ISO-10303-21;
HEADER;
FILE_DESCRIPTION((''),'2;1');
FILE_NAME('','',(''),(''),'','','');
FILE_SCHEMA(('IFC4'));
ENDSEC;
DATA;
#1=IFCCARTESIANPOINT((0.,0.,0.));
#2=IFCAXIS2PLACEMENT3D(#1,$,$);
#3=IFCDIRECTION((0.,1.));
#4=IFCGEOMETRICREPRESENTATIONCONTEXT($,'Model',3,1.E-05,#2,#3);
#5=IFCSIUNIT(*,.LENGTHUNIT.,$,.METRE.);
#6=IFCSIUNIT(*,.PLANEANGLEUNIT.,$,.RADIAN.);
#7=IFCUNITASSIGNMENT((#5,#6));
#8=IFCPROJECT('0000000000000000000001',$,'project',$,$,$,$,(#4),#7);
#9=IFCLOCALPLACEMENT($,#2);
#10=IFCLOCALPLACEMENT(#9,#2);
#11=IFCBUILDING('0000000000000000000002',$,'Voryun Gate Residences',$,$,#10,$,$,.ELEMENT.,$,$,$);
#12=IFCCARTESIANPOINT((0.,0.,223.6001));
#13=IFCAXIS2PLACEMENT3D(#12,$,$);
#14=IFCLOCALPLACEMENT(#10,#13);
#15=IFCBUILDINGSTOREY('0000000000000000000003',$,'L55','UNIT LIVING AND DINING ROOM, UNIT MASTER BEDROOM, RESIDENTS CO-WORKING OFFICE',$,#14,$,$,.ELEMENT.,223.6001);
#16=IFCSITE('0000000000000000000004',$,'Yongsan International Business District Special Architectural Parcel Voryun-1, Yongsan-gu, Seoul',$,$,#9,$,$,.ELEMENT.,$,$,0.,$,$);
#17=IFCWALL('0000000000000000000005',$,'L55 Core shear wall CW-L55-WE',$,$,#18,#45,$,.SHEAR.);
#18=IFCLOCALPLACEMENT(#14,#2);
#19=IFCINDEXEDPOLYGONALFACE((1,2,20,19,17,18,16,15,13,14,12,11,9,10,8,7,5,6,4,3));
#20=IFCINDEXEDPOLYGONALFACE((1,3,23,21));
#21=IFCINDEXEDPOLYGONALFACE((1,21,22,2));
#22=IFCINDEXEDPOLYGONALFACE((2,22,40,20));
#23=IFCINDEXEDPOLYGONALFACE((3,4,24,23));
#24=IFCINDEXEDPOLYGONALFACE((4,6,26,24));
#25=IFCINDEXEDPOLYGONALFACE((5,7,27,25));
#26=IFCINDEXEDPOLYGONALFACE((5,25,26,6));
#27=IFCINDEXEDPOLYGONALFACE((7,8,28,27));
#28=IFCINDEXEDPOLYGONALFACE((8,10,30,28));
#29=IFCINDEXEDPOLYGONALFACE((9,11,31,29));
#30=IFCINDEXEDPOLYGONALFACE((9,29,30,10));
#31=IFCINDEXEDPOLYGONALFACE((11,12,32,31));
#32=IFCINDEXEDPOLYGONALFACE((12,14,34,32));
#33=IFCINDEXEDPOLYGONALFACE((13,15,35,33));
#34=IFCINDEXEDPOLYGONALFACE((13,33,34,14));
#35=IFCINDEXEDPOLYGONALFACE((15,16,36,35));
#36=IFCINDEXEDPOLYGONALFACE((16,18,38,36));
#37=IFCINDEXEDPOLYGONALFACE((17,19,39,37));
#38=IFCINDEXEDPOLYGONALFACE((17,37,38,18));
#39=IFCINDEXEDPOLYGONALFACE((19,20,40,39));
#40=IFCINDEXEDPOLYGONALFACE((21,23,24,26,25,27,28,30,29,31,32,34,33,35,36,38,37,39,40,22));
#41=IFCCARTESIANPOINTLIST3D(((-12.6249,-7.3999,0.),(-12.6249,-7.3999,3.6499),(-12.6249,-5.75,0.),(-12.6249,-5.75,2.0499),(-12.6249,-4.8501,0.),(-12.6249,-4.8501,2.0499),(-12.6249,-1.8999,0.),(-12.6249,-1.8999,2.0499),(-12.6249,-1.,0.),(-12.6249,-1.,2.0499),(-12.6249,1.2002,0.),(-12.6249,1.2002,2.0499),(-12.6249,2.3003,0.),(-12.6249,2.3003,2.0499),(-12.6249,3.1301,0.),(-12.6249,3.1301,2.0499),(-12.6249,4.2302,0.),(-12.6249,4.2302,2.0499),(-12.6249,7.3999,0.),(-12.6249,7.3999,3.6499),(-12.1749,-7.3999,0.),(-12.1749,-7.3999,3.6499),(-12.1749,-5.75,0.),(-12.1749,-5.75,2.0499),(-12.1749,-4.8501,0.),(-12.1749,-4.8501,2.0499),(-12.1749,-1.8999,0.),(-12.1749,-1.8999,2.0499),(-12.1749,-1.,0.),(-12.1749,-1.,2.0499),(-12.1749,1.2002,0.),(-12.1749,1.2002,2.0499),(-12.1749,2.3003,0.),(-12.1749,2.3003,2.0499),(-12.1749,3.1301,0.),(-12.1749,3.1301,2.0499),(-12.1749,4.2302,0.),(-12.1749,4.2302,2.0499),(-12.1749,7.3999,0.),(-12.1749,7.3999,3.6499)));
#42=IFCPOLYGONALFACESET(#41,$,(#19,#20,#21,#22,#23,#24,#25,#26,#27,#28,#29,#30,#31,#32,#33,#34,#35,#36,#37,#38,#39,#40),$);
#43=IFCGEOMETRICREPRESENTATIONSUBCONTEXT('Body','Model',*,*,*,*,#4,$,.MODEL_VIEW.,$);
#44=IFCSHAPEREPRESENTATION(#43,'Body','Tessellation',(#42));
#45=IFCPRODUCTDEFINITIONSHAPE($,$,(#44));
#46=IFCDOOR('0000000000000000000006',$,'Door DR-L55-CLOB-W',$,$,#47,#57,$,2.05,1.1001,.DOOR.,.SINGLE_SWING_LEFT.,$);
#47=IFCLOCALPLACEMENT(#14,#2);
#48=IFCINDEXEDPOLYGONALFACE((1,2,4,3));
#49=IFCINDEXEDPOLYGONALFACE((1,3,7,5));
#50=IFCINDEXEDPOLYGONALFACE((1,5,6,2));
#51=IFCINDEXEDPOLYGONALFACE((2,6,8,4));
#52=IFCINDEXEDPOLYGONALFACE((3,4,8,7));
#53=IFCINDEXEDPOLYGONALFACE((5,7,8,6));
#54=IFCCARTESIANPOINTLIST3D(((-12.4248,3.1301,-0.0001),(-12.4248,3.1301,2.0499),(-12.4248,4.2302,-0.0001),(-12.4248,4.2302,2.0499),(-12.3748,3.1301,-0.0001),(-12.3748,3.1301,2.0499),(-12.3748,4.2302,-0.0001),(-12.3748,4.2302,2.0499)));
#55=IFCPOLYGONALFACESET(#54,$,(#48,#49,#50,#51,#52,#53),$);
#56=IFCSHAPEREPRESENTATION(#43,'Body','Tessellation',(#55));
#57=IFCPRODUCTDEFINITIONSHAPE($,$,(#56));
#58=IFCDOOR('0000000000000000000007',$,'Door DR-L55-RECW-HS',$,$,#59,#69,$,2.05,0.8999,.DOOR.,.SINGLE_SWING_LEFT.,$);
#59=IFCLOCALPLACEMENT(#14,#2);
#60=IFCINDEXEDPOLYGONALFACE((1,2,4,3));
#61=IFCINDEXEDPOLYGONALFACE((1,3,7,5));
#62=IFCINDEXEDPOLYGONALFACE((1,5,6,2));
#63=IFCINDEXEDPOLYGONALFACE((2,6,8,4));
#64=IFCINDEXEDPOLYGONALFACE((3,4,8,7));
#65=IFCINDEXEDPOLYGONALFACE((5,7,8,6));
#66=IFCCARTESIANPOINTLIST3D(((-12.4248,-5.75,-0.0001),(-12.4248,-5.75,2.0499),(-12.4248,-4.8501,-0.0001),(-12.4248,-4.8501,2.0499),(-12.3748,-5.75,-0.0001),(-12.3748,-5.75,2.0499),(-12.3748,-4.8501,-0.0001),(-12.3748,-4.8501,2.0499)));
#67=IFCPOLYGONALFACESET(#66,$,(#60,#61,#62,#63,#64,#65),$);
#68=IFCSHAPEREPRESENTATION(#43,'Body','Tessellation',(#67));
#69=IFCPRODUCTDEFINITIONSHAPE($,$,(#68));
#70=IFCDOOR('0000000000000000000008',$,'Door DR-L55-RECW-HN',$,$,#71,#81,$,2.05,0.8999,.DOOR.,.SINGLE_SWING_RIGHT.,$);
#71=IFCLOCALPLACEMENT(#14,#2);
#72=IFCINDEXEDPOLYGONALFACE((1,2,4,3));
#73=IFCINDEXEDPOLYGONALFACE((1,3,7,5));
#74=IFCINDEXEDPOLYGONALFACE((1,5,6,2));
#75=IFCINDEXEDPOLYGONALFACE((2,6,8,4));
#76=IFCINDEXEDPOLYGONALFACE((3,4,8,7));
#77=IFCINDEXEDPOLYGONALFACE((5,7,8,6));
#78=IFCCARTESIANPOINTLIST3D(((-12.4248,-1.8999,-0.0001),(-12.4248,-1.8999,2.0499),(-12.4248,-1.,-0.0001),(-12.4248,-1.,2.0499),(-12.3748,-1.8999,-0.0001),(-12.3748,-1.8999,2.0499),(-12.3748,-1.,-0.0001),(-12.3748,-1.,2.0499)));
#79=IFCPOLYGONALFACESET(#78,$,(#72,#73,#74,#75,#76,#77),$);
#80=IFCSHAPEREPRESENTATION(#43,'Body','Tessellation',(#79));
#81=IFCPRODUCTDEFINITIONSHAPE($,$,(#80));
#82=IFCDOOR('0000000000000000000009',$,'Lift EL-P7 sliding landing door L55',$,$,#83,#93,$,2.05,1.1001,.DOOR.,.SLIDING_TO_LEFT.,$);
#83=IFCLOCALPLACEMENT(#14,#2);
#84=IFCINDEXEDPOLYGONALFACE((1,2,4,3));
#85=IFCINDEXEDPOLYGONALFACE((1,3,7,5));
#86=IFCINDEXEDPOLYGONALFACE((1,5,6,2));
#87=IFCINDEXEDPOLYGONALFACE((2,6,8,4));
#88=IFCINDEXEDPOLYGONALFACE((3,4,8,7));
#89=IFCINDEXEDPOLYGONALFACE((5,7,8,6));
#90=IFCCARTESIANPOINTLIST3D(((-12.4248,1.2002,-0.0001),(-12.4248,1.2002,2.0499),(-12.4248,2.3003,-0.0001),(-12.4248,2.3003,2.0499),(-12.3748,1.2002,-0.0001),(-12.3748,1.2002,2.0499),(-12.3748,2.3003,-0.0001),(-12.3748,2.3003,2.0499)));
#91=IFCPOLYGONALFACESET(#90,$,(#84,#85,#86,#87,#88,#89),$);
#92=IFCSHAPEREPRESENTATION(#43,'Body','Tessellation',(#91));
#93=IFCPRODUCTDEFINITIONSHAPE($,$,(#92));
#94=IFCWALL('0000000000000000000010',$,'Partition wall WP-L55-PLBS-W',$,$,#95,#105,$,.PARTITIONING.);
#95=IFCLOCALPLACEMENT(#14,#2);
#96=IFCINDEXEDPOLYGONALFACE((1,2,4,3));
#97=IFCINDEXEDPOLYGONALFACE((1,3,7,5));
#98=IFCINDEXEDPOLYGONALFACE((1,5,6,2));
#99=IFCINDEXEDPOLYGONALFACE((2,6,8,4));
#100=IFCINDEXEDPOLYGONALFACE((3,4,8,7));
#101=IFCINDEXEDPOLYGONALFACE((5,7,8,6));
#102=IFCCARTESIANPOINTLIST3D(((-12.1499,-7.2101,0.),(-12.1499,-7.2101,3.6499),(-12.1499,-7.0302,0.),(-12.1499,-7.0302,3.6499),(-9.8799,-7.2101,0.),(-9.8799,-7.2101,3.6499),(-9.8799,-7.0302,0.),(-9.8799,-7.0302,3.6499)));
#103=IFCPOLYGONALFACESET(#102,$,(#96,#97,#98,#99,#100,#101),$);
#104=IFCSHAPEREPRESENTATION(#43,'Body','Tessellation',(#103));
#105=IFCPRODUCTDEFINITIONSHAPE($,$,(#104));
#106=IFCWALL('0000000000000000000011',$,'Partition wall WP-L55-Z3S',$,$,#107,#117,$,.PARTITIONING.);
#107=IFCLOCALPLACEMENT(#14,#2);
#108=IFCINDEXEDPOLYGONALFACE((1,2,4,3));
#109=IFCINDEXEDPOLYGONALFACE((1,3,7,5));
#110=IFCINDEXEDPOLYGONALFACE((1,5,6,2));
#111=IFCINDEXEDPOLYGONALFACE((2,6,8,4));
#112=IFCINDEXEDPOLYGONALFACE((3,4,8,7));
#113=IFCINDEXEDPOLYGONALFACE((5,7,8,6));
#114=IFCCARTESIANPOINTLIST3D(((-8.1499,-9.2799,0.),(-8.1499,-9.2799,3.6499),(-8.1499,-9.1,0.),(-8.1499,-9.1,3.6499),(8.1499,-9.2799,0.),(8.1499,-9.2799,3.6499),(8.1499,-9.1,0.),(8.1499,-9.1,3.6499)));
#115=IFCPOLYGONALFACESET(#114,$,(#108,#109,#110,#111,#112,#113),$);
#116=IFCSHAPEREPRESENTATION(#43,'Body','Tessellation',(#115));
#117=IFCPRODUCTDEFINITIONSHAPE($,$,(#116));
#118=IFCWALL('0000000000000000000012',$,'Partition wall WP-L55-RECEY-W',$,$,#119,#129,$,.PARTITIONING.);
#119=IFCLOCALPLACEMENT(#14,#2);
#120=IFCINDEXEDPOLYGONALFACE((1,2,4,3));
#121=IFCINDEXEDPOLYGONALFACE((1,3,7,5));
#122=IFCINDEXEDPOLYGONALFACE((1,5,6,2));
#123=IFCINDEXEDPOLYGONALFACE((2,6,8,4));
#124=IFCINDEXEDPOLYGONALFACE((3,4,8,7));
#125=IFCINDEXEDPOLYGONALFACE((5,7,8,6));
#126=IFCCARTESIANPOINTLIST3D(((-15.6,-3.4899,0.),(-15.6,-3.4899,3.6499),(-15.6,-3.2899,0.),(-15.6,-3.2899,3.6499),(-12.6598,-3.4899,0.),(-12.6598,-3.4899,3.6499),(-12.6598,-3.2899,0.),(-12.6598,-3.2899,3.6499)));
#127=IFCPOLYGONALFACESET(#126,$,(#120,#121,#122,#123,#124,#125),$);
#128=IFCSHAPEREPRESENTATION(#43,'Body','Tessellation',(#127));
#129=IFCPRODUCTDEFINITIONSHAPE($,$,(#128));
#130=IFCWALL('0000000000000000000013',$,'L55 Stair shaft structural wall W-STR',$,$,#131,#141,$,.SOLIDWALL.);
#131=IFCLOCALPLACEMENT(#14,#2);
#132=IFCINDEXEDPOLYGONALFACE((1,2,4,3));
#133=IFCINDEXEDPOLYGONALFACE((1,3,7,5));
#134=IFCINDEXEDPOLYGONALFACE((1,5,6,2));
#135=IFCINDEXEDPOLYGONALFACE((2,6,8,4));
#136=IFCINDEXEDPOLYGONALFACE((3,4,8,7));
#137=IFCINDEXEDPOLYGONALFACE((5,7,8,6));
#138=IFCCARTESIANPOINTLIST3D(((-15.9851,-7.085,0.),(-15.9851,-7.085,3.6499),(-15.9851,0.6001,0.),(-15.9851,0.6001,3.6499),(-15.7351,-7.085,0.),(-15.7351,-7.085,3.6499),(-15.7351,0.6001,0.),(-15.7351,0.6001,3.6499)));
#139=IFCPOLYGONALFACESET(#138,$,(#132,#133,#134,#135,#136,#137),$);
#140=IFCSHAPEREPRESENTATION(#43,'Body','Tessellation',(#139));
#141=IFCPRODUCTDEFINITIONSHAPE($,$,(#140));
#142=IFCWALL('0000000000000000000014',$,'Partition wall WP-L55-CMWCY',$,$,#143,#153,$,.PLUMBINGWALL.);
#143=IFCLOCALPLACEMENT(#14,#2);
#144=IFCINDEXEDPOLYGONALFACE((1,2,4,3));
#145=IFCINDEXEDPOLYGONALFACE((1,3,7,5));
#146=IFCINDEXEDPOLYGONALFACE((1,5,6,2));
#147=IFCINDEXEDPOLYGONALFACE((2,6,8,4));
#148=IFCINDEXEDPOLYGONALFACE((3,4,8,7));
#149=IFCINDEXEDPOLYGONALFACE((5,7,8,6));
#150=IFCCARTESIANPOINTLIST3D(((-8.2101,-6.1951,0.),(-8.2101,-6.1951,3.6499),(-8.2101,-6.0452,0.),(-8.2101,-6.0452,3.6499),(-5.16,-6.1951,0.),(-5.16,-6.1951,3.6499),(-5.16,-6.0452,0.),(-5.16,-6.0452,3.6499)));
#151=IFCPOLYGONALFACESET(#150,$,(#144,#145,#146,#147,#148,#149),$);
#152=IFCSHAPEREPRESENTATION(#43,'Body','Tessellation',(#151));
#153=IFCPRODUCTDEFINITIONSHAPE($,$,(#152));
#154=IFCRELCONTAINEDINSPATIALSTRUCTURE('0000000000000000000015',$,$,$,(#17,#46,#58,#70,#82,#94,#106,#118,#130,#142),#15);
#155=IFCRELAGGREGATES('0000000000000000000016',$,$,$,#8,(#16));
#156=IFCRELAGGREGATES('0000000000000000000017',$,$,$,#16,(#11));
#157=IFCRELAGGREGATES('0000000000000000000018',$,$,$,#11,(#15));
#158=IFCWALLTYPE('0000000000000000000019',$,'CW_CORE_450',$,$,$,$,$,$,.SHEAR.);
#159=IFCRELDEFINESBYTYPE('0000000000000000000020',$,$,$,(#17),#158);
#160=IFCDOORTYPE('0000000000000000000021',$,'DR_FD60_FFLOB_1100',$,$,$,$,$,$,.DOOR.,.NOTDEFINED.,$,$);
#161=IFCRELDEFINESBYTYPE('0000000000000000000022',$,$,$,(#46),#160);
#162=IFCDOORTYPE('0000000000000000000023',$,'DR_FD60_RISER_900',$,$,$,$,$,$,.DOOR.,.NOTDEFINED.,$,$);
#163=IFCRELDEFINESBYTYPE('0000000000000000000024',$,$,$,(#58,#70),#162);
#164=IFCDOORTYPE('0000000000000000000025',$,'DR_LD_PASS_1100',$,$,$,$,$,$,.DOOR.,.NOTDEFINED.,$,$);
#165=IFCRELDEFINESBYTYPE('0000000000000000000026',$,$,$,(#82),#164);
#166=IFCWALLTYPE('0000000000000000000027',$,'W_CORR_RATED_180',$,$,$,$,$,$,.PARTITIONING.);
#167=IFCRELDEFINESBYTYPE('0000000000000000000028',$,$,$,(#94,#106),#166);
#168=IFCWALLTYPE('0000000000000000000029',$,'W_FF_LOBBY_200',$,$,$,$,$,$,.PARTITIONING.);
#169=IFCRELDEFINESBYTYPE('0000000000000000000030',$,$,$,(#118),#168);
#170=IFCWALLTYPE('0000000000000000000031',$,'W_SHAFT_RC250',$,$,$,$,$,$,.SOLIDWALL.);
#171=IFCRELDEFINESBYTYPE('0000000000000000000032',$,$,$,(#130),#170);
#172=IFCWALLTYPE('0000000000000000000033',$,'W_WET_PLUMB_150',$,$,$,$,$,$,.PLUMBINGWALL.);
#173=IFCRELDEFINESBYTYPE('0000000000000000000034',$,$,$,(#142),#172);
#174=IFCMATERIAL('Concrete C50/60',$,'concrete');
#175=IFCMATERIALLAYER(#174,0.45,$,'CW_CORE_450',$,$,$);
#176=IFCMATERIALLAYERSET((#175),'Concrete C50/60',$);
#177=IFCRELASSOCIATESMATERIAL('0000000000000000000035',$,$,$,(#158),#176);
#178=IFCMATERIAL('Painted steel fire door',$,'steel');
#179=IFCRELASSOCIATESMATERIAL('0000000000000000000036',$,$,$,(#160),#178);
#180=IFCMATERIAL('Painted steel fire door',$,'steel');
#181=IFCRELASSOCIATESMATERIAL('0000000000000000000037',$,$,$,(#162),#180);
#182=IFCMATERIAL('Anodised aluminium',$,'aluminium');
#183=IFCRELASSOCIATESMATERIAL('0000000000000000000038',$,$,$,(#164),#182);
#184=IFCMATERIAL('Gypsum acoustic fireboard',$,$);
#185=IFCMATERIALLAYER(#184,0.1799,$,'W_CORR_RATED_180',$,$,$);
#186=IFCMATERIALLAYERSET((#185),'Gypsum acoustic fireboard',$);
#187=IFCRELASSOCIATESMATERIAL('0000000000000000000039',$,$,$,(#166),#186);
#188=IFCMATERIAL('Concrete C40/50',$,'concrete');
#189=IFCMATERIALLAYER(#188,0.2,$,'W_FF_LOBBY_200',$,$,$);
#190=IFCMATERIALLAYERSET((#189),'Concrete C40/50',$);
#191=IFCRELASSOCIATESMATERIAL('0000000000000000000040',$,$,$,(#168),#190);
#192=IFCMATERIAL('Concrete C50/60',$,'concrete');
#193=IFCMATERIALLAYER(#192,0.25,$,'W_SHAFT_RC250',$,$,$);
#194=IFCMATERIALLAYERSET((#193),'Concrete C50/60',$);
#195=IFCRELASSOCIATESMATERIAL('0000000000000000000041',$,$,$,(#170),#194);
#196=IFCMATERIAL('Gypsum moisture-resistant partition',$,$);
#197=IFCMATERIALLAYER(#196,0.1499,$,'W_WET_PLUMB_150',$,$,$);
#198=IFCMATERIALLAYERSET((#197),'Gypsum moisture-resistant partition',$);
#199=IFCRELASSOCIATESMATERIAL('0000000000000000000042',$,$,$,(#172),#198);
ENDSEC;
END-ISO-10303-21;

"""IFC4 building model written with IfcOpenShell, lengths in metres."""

from ifc_helpers import new_model, si_unit, direction, frame, frame_2d, origin, place, context, subcontext, project, spatial, rectangle, extrude, material, layer, layer_set, type_object, element, fill, save


model = new_model("IFC4")

# Units and contexts
model_context = context("Model", 3, precision=1e-05, world=origin(), true_north=direction((0.0, 1.0)))
body_context = subcontext(model_context, "Body", "Model", "MODEL_VIEW")
ifc_project = project(units=[si_unit("LENGTHUNIT", "METRE"), si_unit("PLANEANGLEUNIT", "RADIAN")], contexts=[model_context])

# Site, building, storey
site_placement = place(None, origin())
site = spatial("IfcSite", under=ifc_project, at=site_placement, Name="Yongsan International Business District Special Architectural Parcel Voryun-1, Yongsan-gu, Seoul", CompositionType="ELEMENT", RefElevation=0.0)
building_placement = place(site_placement, origin())
building = spatial("IfcBuilding", under=site, at=building_placement, Name="Voryun Gate Residences", CompositionType="ELEMENT")
storey_placement = place(building_placement, frame((0.0, 0.0, 223.6001)))
storey = spatial("IfcBuildingStorey", under=building, at=storey_placement, Name="L55", Description="UNIT LIVING AND DINING ROOM, UNIT MASTER BEDROOM, RESIDENTS CO-WORKING OFFICE", CompositionType="ELEMENT", Elevation=223.6001)

# Wall, openings, doors
ifc_material_1 = material(Name="Concrete C50/60", Category="concrete")
ifc_layer_1 = layer(ifc_material_1, 0.45, Name="CW_CORE_450")
ifc_layer_set_1 = layer_set([ifc_layer_1], Name="Concrete C50/60")
wall_type_1 = type_object("IfcWallType", Name="CW_CORE_450", PredefinedType="SHEAR", material=ifc_layer_set_1)
wall_1_placement = place(storey_placement, frame((-12.3999, -7.3999, 0.0), z_axis=(0.0, 0.0, 1.0), x_axis=(0.0, 1.0, 0.0)))
wall_1 = element("IfcWall", 1, at=wall_1_placement, inside=storey, type_object=wall_type_1, Name="L55 Core shear wall CW-L55-WE", PredefinedType="SHEAR", context=body_context, shape_type="SweptSolid", body=[
    extrude(rectangle(XDim=14.7998, YDim=0.45, at=frame_2d((7.3999, 0.0))), origin(), (0.0, 0.0, 1.0), 3.6499),
])
opening_1_placement = place(wall_1_placement, frame((8.6001, 0.0, 0.0)))
opening_1 = element("IfcOpeningElement", 2, at=opening_1_placement, cuts=wall_1, PredefinedType="OPENING", context=body_context, shape_type="SweptSolid", body=[
    extrude(rectangle(XDim=1.1001, YDim=2.05, at=frame_2d((0.55, 1.0249))), frame((0.0, 0.2351, 0.0), z_axis=(0.0, -1.0, 0.0), x_axis=(1.0, 0.0, 0.0)), (0.0, 0.0, 1.0), 0.47),
])
opening_2_placement = place(wall_1_placement, frame((10.53, 0.0, 0.0)))
opening_2 = element("IfcOpeningElement", 3, at=opening_2_placement, cuts=wall_1, PredefinedType="OPENING", context=body_context, shape_type="SweptSolid", body=[
    extrude(rectangle(XDim=1.1001, YDim=2.05, at=frame_2d((0.55, 1.0249))), frame((0.0, 0.2351, 0.0), z_axis=(0.0, -1.0, 0.0), x_axis=(1.0, 0.0, 0.0)), (0.0, 0.0, 1.0), 0.47),
])
opening_3_placement = place(wall_1_placement, frame((1.6499, 0.0, 0.0)))
opening_3 = element("IfcOpeningElement", 4, at=opening_3_placement, cuts=wall_1, PredefinedType="OPENING", context=body_context, shape_type="SweptSolid", body=[
    extrude(rectangle(XDim=0.8999, YDim=2.05, at=frame_2d((0.45, 1.0249))), frame((0.0, 0.2351, 0.0), z_axis=(0.0, -1.0, 0.0), x_axis=(1.0, 0.0, 0.0)), (0.0, 0.0, 1.0), 0.47),
])
opening_4_placement = place(wall_1_placement, frame((5.5, 0.0, 0.0)))
opening_4 = element("IfcOpeningElement", 5, at=opening_4_placement, cuts=wall_1, PredefinedType="OPENING", context=body_context, shape_type="SweptSolid", body=[
    extrude(rectangle(XDim=0.8999, YDim=2.05, at=frame_2d((0.45, 1.0249))), frame((0.0, 0.2351, 0.0), z_axis=(0.0, -1.0, 0.0), x_axis=(1.0, 0.0, 0.0)), (0.0, 0.0, 1.0), 0.47),
])
ifc_material_2 = material(Name="Painted steel fire door", Category="steel")
door_type_1 = type_object("IfcDoorType", Name="DR_FD60_FFLOB_1100", OperationType="NOTDEFINED", PredefinedType="DOOR", material=ifc_material_2)
door_1_placement = place(opening_2_placement, origin())
door_1 = element("IfcDoor", 6, at=door_1_placement, inside=storey, type_object=door_type_1, Name="Door DR-L55-CLOB-W", OperationType="SINGLE_SWING_LEFT", OverallHeight=2.05, OverallWidth=1.1001, PredefinedType="DOOR", context=body_context, shape_type="SweptSolid", body=[
    extrude(rectangle(XDim=1.1001, YDim=2.05, at=frame_2d((0.55, 1.0249))), frame((0.0, 0.0249, 0.0), z_axis=(0.0, -1.0, 0.0), x_axis=(1.0, 0.0, 0.0)), (0.0, 0.0, 1.0), 0.05),
])
fill(opening_2, door_1)
ifc_material_3 = material(Name="Painted steel fire door", Category="steel")
door_type_2 = type_object("IfcDoorType", Name="DR_FD60_RISER_900", OperationType="NOTDEFINED", PredefinedType="DOOR", material=ifc_material_3)
door_2_placement = place(opening_3_placement, origin())
door_2 = element("IfcDoor", 7, at=door_2_placement, inside=storey, type_object=door_type_2, Name="Door DR-L55-RECW-HS", OperationType="SINGLE_SWING_LEFT", OverallHeight=2.05, OverallWidth=0.8999, PredefinedType="DOOR", context=body_context, shape_type="SweptSolid", body=[
    extrude(rectangle(XDim=0.8999, YDim=2.05, at=frame_2d((0.45, 1.0249))), frame((0.0, 0.0249, 0.0), z_axis=(0.0, -1.0, 0.0), x_axis=(1.0, 0.0, 0.0)), (0.0, 0.0, 1.0), 0.05),
])
fill(opening_3, door_2)
door_3_placement = place(opening_4_placement, origin())
door_3 = element("IfcDoor", 8, at=door_3_placement, inside=storey, type_object=door_type_2, Name="Door DR-L55-RECW-HN", OperationType="SINGLE_SWING_RIGHT", OverallHeight=2.05, OverallWidth=0.8999, PredefinedType="DOOR", context=body_context, shape_type="SweptSolid", body=[
    extrude(rectangle(XDim=0.8999, YDim=2.05, at=frame_2d((0.45, 1.0249))), frame((0.0, 0.0249, 0.0), z_axis=(0.0, -1.0, 0.0), x_axis=(1.0, 0.0, 0.0)), (0.0, 0.0, 1.0), 0.05),
])
fill(opening_4, door_3)
ifc_material_4 = material(Name="Anodised aluminium", Category="aluminium")
door_type_3 = type_object("IfcDoorType", Name="DR_LD_PASS_1100", OperationType="NOTDEFINED", PredefinedType="DOOR", material=ifc_material_4)
door_4_placement = place(opening_1_placement, origin())
door_4 = element("IfcDoor", 9, at=door_4_placement, inside=storey, type_object=door_type_3, Name="Lift EL-P7 sliding landing door L55", OperationType="SLIDING_TO_LEFT", OverallHeight=2.05, OverallWidth=1.1001, PredefinedType="DOOR", context=body_context, shape_type="SweptSolid", body=[
    extrude(rectangle(XDim=1.1001, YDim=2.05, at=frame_2d((0.55, 1.0249))), frame((0.0, 0.0249, 0.0), z_axis=(0.0, -1.0, 0.0), x_axis=(1.0, 0.0, 0.0)), (0.0, 0.0, 1.0), 0.05),
])
fill(opening_1, door_4)

# Walls
ifc_material_5 = material(Name="Gypsum acoustic fireboard")
ifc_layer_2 = layer(ifc_material_5, 0.1799, Name="W_CORR_RATED_180")
ifc_layer_set_2 = layer_set([ifc_layer_2], Name="Gypsum acoustic fireboard")
wall_type_2 = type_object("IfcWallType", Name="W_CORR_RATED_180", PredefinedType="PARTITIONING", material=ifc_layer_set_2)
wall_2_placement = place(storey_placement, frame((-12.1499, -7.1201, 0.0), z_axis=(0.0, 0.0, 1.0), x_axis=(1.0, 0.0, 0.0)))
element("IfcWall", 10, at=wall_2_placement, inside=storey, type_object=wall_type_2, Name="Partition wall WP-L55-PLBS-W", PredefinedType="PARTITIONING", context=body_context, shape_type="SweptSolid", body=[
    extrude(rectangle(XDim=2.27, YDim=0.1799, at=frame_2d((1.135, 0.0))), origin(), (0.0, 0.0, 1.0), 3.6499),
])
wall_3_placement = place(storey_placement, frame((-8.1499, -9.1899, 0.0), z_axis=(0.0, 0.0, 1.0), x_axis=(1.0, 0.0, 0.0)))
element("IfcWall", 11, at=wall_3_placement, inside=storey, type_object=wall_type_2, Name="Partition wall WP-L55-Z3S", PredefinedType="PARTITIONING", context=body_context, shape_type="SweptSolid", body=[
    extrude(rectangle(XDim=16.2998, YDim=0.1799, at=frame_2d((8.1499, 0.0))), origin(), (0.0, 0.0, 1.0), 3.6499),
])
ifc_material_6 = material(Name="Concrete C40/50", Category="concrete")
ifc_layer_3 = layer(ifc_material_6, 0.2, Name="W_FF_LOBBY_200")
ifc_layer_set_3 = layer_set([ifc_layer_3], Name="Concrete C40/50")
wall_type_3 = type_object("IfcWallType", Name="W_FF_LOBBY_200", PredefinedType="PARTITIONING", material=ifc_layer_set_3)
wall_4_placement = place(storey_placement, frame((-15.6001, -3.3899, 0.0), z_axis=(0.0, 0.0, 1.0), x_axis=(1.0, 0.0, 0.0)))
element("IfcWall", 12, at=wall_4_placement, inside=storey, type_object=wall_type_3, Name="Partition wall WP-L55-RECEY-W", PredefinedType="PARTITIONING", context=body_context, shape_type="SweptSolid", body=[
    extrude(rectangle(XDim=2.9402, YDim=0.2, at=frame_2d((1.4702, 0.0))), origin(), (0.0, 0.0, 1.0), 3.6499),
])
ifc_material_7 = material(Name="Concrete C50/60", Category="concrete")
ifc_layer_4 = layer(ifc_material_7, 0.25, Name="W_SHAFT_RC250")
ifc_layer_set_4 = layer_set([ifc_layer_4], Name="Concrete C50/60")
wall_type_4 = type_object("IfcWallType", Name="W_SHAFT_RC250", PredefinedType="SOLIDWALL", material=ifc_layer_set_4)
wall_5_placement = place(storey_placement, frame((-15.8601, -7.085, 0.0), z_axis=(0.0, 0.0, 1.0), x_axis=(0.0, 1.0, 0.0)))
element("IfcWall", 13, at=wall_5_placement, inside=storey, type_object=wall_type_4, Name="L55 Stair shaft structural wall W-STR", PredefinedType="SOLIDWALL", context=body_context, shape_type="SweptSolid", body=[
    extrude(rectangle(XDim=7.6851, YDim=0.25, at=frame_2d((3.8425, 0.0))), origin(), (0.0, 0.0, 1.0), 3.6499),
])
ifc_material_8 = material(Name="Gypsum moisture-resistant partition")
ifc_layer_5 = layer(ifc_material_8, 0.1499, Name="W_WET_PLUMB_150")
ifc_layer_set_5 = layer_set([ifc_layer_5], Name="Gypsum moisture-resistant partition")
wall_type_5 = type_object("IfcWallType", Name="W_WET_PLUMB_150", PredefinedType="PLUMBINGWALL", material=ifc_layer_set_5)
wall_6_placement = place(storey_placement, frame((-8.21, -6.1201, 0.0), z_axis=(0.0, 0.0, 1.0), x_axis=(1.0, 0.0, 0.0)))
element("IfcWall", 14, at=wall_6_placement, inside=storey, type_object=wall_type_5, Name="Partition wall WP-L55-CMWCY", PredefinedType="PLUMBINGWALL", context=body_context, shape_type="SweptSolid", body=[
    extrude(rectangle(XDim=3.05, YDim=0.1499, at=frame_2d((1.5249, 0.0))), origin(), (0.0, 0.0, 1.0), 3.6499),
])

save(model, "model.ifc")
